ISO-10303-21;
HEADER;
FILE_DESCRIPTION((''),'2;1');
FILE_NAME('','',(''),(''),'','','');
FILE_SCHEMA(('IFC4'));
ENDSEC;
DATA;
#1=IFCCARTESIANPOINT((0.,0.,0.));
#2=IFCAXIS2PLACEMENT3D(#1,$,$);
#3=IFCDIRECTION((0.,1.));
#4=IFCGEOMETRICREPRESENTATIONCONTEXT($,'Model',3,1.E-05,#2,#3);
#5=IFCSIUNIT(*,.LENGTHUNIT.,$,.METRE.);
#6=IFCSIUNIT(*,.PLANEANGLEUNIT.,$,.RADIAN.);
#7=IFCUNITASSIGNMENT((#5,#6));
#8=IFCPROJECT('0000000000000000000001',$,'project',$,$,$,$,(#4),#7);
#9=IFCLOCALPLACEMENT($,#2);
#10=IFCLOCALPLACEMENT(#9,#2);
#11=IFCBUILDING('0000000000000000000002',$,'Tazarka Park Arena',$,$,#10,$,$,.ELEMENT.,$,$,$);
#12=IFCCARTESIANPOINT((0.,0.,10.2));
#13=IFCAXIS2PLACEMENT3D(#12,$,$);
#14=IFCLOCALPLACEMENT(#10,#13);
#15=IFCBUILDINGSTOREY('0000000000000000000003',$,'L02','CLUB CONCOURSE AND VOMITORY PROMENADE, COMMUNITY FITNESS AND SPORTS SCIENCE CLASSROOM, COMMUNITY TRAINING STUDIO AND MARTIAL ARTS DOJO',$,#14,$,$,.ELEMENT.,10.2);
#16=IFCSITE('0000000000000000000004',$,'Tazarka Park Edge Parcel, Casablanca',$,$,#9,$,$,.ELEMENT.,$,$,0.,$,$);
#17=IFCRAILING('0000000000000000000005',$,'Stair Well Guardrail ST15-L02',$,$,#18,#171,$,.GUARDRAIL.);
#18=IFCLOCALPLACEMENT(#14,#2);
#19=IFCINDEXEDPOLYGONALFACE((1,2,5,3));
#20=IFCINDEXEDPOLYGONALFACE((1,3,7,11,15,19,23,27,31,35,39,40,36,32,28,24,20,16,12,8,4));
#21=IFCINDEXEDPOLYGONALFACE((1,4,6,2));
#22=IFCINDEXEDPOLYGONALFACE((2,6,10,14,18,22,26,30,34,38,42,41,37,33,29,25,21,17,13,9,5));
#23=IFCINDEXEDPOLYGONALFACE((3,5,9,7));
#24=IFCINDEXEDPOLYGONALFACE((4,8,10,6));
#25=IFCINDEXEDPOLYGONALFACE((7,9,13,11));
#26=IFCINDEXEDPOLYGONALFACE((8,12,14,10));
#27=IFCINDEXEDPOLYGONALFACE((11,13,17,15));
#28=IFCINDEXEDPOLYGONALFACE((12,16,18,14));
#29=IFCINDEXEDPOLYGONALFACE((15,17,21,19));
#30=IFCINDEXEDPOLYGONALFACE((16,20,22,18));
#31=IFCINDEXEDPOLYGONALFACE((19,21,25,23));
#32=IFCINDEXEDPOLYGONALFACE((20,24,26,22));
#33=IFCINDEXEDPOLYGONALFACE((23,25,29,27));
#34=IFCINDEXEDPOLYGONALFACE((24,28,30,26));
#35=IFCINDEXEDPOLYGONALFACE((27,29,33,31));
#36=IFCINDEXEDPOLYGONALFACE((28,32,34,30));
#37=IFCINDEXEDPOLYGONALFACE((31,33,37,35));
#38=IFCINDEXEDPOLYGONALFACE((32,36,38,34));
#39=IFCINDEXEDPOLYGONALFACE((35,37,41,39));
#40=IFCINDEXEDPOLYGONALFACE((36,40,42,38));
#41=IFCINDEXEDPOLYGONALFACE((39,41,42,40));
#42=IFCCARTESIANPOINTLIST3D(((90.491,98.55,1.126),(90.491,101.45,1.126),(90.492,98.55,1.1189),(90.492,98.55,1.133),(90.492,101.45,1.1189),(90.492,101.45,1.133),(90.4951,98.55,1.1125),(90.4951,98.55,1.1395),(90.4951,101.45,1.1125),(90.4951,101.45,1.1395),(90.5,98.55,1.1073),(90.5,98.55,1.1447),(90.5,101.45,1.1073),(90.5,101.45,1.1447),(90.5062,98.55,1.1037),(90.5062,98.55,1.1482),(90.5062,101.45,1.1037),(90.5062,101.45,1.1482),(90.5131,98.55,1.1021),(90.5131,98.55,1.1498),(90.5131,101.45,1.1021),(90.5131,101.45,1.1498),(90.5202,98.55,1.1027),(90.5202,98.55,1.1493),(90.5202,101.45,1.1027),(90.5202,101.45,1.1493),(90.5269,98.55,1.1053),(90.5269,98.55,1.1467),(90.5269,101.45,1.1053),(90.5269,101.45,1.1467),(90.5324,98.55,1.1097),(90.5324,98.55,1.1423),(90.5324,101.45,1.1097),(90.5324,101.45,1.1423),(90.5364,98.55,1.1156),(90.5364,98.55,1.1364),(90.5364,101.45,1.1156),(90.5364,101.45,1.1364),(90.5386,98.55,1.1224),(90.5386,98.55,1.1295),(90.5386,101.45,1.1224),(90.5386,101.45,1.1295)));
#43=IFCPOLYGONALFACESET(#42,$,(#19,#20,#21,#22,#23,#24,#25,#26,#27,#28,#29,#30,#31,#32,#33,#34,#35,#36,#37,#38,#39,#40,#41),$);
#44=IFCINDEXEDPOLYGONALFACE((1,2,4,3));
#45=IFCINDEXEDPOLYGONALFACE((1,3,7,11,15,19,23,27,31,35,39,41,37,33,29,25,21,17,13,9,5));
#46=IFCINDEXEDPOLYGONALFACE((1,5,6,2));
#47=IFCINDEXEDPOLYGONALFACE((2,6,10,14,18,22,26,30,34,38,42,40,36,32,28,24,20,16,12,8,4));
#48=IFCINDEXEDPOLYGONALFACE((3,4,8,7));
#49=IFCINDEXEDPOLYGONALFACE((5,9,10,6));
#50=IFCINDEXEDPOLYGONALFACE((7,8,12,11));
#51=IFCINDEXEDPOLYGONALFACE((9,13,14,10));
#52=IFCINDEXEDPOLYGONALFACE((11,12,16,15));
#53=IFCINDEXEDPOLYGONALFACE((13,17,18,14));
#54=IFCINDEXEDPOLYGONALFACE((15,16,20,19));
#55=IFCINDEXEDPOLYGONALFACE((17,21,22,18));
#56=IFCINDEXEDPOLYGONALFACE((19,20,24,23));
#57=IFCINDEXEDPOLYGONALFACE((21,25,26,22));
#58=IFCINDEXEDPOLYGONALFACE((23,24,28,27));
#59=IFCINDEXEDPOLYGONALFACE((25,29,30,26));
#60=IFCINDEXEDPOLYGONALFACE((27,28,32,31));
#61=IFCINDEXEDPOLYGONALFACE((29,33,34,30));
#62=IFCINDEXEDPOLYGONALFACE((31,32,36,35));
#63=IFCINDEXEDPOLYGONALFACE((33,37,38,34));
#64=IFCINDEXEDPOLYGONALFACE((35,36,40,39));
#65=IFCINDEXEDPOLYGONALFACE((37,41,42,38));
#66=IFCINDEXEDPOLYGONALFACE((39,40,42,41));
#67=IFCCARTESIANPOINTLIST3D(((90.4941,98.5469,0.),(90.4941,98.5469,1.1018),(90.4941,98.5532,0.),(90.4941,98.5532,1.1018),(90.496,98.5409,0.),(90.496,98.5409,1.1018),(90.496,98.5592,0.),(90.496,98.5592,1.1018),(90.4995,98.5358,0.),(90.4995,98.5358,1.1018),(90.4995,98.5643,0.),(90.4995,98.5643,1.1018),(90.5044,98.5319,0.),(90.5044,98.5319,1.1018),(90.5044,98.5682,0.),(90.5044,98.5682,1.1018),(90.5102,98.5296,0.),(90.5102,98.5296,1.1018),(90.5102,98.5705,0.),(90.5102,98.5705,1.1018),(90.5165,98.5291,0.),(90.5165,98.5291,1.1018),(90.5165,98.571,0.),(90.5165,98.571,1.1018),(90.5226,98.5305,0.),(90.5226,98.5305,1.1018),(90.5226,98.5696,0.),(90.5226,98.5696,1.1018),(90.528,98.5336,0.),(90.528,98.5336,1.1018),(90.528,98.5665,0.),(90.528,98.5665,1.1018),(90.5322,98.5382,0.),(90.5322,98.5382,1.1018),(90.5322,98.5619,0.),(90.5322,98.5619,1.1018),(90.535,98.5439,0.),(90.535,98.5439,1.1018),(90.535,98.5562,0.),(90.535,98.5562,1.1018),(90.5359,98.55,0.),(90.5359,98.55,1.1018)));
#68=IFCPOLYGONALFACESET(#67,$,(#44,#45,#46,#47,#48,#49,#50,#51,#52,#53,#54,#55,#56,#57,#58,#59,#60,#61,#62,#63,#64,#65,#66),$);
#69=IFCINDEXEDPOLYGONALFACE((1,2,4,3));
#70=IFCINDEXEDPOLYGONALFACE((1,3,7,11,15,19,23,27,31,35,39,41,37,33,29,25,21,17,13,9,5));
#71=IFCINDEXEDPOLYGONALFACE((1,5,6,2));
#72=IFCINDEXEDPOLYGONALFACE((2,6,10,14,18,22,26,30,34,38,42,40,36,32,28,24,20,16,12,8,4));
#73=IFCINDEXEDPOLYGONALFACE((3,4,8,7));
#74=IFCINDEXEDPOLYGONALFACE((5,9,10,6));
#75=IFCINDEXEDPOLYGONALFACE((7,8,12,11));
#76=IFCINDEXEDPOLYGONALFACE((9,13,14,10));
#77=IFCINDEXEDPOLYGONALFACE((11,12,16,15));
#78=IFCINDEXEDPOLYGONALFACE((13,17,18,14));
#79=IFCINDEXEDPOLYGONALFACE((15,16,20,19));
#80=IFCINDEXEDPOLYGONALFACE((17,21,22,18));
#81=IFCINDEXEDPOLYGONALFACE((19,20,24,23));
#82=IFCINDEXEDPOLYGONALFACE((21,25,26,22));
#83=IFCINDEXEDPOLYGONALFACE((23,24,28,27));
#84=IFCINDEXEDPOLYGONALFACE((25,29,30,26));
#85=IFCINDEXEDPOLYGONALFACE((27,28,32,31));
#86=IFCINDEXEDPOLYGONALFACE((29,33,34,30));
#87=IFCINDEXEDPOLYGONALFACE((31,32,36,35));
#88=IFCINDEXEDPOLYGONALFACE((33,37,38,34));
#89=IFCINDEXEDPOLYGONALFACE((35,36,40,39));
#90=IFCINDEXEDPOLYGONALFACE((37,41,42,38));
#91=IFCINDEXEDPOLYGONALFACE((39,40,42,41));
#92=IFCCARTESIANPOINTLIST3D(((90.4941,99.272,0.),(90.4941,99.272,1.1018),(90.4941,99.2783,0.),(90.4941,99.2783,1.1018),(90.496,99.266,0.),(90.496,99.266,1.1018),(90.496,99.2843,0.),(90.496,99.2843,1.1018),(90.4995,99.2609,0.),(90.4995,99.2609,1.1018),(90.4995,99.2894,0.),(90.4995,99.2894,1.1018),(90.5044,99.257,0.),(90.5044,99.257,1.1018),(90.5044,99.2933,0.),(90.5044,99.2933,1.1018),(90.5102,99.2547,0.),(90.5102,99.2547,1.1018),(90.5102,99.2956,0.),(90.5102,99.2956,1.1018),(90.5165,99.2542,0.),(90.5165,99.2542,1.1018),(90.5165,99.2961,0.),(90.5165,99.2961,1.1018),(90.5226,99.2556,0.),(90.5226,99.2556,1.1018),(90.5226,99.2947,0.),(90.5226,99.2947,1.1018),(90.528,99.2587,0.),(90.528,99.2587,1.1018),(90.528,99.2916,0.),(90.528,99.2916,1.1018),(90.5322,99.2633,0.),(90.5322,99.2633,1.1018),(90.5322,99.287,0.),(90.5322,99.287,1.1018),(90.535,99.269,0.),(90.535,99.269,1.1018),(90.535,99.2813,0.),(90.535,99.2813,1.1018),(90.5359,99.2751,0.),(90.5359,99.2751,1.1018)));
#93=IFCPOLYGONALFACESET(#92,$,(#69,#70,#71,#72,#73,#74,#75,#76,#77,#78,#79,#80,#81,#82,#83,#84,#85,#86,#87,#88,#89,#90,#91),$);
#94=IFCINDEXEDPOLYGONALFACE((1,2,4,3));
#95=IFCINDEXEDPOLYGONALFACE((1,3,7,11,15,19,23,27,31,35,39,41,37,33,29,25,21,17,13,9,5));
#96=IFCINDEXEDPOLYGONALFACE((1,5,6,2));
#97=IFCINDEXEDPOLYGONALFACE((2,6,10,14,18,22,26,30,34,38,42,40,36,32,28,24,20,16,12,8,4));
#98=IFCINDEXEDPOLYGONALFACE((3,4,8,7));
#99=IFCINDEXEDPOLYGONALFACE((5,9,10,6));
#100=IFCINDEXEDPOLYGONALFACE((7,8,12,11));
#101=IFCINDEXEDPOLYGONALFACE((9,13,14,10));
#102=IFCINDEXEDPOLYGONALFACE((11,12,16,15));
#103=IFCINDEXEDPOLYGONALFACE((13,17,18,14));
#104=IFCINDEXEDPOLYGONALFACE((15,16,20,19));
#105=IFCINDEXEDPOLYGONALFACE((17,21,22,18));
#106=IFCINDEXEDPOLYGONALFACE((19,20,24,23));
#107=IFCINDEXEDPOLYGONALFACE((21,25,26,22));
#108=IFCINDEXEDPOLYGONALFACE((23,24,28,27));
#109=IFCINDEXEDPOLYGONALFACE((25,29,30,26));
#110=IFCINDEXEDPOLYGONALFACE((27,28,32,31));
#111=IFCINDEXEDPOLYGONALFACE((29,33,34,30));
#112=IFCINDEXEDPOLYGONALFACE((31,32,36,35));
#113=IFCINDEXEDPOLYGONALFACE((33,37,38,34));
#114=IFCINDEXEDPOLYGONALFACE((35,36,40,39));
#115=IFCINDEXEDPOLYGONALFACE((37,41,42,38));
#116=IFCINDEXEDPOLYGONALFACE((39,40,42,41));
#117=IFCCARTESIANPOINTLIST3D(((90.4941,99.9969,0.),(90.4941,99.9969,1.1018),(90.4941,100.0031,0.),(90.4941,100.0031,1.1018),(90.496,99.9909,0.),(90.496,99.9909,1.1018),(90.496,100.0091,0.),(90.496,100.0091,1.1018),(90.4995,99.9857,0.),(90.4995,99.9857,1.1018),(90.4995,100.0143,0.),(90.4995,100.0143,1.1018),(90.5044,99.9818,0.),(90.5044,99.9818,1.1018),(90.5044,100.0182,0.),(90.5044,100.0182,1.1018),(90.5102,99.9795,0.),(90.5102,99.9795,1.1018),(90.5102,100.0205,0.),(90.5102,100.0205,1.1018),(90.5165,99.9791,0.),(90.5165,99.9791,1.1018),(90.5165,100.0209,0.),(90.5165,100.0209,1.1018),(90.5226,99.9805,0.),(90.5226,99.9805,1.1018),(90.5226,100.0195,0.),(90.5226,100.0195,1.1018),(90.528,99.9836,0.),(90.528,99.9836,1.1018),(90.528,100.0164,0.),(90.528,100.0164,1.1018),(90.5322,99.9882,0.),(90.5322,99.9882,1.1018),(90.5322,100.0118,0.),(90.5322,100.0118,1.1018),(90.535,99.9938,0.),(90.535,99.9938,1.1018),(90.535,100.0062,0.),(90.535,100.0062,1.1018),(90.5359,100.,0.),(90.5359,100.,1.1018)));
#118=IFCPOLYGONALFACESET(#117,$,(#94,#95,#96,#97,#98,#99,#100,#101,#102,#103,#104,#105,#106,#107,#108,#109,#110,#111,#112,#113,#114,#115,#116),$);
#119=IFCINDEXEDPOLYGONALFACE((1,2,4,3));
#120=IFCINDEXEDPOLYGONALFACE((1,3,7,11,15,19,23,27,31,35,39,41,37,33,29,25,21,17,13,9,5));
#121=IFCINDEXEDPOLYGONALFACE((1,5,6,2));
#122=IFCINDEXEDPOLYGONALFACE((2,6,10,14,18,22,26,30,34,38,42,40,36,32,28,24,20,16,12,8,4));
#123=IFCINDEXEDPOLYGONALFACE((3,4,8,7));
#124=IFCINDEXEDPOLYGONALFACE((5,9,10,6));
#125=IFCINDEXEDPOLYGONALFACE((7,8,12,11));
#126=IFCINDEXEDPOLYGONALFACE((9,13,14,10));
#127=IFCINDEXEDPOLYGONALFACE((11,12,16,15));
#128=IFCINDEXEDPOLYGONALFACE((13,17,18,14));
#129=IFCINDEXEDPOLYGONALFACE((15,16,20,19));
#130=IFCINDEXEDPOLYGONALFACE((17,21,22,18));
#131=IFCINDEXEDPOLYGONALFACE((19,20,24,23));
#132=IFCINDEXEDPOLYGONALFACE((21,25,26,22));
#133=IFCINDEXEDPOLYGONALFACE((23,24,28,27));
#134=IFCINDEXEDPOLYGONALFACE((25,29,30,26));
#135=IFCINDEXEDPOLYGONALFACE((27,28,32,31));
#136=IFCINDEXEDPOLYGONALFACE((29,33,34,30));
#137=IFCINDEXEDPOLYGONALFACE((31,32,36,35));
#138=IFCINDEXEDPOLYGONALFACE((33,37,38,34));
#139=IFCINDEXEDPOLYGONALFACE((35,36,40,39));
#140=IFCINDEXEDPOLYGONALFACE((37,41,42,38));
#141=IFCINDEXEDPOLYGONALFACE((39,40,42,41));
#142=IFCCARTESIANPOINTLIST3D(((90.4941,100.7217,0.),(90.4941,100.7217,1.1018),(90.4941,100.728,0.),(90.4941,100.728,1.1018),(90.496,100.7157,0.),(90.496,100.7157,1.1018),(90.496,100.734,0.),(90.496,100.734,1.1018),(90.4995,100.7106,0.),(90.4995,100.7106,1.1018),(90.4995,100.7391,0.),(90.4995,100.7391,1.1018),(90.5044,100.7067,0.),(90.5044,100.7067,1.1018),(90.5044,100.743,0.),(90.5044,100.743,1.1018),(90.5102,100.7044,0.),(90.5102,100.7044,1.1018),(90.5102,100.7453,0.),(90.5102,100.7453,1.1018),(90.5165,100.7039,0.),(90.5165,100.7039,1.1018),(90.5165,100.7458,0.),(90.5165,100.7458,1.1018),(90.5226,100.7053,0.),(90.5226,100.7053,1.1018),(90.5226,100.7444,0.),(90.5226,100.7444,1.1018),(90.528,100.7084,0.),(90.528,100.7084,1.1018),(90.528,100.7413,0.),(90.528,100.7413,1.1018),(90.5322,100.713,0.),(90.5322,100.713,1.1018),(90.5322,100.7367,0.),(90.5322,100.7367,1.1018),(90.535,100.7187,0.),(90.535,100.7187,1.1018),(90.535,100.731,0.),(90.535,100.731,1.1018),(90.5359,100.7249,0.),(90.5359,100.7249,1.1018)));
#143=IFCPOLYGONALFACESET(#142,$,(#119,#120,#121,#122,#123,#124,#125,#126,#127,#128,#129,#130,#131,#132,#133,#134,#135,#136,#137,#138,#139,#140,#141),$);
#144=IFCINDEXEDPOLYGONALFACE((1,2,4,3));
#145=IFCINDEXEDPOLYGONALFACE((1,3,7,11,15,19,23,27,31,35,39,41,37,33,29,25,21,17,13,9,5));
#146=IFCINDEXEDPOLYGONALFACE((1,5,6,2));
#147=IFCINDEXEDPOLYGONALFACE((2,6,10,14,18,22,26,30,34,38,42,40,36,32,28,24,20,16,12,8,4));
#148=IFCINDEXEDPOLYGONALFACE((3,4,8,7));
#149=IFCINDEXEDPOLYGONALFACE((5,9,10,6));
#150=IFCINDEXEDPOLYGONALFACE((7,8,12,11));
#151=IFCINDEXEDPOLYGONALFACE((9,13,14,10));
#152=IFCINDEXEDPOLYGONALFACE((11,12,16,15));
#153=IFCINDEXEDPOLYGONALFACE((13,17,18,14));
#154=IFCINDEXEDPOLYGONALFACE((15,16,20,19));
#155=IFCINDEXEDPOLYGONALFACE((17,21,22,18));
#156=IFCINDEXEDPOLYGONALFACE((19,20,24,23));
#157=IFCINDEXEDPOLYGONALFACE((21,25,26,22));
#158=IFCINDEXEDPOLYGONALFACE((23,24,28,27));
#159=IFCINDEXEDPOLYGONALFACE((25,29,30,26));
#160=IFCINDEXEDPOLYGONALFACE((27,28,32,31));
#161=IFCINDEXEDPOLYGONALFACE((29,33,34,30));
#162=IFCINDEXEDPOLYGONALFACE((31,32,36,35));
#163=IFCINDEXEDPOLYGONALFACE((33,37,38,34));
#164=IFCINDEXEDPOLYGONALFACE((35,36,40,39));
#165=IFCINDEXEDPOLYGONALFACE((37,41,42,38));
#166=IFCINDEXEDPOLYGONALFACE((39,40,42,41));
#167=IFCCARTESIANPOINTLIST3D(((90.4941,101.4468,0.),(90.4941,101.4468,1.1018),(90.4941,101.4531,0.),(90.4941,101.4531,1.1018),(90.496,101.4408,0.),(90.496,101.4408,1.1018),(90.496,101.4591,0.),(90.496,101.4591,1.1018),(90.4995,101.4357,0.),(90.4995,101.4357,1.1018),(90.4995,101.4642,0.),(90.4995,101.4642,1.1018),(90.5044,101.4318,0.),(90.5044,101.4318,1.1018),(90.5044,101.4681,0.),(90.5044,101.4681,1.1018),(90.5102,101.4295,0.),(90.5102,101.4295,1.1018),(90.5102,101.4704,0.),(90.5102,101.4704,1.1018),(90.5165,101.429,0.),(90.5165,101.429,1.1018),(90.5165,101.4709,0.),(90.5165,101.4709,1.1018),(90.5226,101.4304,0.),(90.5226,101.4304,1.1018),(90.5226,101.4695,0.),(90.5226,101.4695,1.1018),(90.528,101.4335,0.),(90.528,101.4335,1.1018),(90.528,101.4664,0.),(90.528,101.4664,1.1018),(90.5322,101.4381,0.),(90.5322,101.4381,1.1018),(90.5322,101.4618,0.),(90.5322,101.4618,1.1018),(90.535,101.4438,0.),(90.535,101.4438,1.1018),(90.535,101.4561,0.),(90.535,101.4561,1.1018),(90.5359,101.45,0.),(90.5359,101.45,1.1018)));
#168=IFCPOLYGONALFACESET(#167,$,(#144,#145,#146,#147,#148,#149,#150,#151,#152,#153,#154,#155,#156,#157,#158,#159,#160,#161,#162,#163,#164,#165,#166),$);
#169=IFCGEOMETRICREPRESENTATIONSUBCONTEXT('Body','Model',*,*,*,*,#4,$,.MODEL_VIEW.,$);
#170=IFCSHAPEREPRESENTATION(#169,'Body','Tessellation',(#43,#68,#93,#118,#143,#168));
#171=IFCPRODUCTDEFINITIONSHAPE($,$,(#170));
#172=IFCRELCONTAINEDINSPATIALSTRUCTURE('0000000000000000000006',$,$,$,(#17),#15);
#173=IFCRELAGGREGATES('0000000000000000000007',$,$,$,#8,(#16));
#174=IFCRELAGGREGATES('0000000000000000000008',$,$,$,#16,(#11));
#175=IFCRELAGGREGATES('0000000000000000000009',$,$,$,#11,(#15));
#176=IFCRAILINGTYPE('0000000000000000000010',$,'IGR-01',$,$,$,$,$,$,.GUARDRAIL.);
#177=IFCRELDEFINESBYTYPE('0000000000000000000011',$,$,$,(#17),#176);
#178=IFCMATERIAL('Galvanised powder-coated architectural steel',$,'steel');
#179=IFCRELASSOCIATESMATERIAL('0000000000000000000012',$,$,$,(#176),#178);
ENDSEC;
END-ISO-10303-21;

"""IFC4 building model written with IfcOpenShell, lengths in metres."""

from ifc_helpers import new_model, si_unit, direction, frame, origin, origin_2d, place, context, subcontext, project, spatial, circle, extrude, material, type_object, element, save


model = new_model("IFC4")

# Units and contexts
model_context = context("Model", 3, precision=1e-05, world=origin(), true_north=direction((0.0, 1.0)))
body_context = subcontext(model_context, "Body", "Model", "MODEL_VIEW")
ifc_project = project(units=[si_unit("LENGTHUNIT", "METRE"), si_unit("PLANEANGLEUNIT", "RADIAN")], contexts=[model_context])

# Site, building, storey
site_placement = place(None, origin())
site = spatial("IfcSite", under=ifc_project, at=site_placement, Name="Tazarka Park Edge Parcel, Casablanca", CompositionType="ELEMENT", RefElevation=0.0)
building_placement = place(site_placement, origin())
building = spatial("IfcBuilding", under=site, at=building_placement, Name="Tazarka Park Arena", CompositionType="ELEMENT")
storey_placement = place(building_placement, frame((0.0, 0.0, 10.2)))
storey = spatial("IfcBuildingStorey", under=building, at=storey_placement, Name="L02", Description="CLUB CONCOURSE AND VOMITORY PROMENADE, COMMUNITY FITNESS AND SPORTS SCIENCE CLASSROOM, COMMUNITY TRAINING STUDIO AND MARTIAL ARTS DOJO", CompositionType="ELEMENT", Elevation=10.2)

# Railing
ifc_material_1 = material(Name="Galvanised powder-coated architectural steel", Category="steel")
railing_type_1 = type_object("IfcRailingType", Name="IGR-01", PredefinedType="GUARDRAIL", material=ifc_material_1)
for number, where, name in (
    (1, (90.5149, 98.55, 0.0), "Stair Well Guardrail ST15-L02"),
):
    element("IfcRailing", number, at=place(storey_placement, frame(where)), inside=storey, type_object=railing_type_1, Name=name, PredefinedType="GUARDRAIL", context=body_context, shape_type="SweptSolid", body=[
        extrude(circle(Radius=0.0239, at=origin_2d()), frame((0.0, 0.0, 1.126), z_axis=(0.0, 1.0, 0.0), x_axis=(-1.0, 0.0, 0.0)), (0.0, 0.0, 1.0), 2.8999),
        extrude(circle(Radius=0.021, at=origin_2d()), origin(), (0.0, 0.0, 1.0), 1.1018),
        extrude(circle(Radius=0.021, at=origin_2d()), frame((0.0, 0.7251, 0.0)), (0.0, 0.0, 1.0), 1.1018),
        extrude(circle(Radius=0.021, at=origin_2d()), frame((0.0, 1.45, 0.0)), (0.0, 0.0, 1.0), 1.1018),
        extrude(circle(Radius=0.021, at=origin_2d()), frame((0.0, 2.1748, 0.0)), (0.0, 0.0, 1.0), 1.1018),
        extrude(circle(Radius=0.021, at=origin_2d()), frame((0.0, 2.8999, 0.0)), (0.0, 0.0, 1.0), 1.1018),
    ])

save(model, "model.ifc")
